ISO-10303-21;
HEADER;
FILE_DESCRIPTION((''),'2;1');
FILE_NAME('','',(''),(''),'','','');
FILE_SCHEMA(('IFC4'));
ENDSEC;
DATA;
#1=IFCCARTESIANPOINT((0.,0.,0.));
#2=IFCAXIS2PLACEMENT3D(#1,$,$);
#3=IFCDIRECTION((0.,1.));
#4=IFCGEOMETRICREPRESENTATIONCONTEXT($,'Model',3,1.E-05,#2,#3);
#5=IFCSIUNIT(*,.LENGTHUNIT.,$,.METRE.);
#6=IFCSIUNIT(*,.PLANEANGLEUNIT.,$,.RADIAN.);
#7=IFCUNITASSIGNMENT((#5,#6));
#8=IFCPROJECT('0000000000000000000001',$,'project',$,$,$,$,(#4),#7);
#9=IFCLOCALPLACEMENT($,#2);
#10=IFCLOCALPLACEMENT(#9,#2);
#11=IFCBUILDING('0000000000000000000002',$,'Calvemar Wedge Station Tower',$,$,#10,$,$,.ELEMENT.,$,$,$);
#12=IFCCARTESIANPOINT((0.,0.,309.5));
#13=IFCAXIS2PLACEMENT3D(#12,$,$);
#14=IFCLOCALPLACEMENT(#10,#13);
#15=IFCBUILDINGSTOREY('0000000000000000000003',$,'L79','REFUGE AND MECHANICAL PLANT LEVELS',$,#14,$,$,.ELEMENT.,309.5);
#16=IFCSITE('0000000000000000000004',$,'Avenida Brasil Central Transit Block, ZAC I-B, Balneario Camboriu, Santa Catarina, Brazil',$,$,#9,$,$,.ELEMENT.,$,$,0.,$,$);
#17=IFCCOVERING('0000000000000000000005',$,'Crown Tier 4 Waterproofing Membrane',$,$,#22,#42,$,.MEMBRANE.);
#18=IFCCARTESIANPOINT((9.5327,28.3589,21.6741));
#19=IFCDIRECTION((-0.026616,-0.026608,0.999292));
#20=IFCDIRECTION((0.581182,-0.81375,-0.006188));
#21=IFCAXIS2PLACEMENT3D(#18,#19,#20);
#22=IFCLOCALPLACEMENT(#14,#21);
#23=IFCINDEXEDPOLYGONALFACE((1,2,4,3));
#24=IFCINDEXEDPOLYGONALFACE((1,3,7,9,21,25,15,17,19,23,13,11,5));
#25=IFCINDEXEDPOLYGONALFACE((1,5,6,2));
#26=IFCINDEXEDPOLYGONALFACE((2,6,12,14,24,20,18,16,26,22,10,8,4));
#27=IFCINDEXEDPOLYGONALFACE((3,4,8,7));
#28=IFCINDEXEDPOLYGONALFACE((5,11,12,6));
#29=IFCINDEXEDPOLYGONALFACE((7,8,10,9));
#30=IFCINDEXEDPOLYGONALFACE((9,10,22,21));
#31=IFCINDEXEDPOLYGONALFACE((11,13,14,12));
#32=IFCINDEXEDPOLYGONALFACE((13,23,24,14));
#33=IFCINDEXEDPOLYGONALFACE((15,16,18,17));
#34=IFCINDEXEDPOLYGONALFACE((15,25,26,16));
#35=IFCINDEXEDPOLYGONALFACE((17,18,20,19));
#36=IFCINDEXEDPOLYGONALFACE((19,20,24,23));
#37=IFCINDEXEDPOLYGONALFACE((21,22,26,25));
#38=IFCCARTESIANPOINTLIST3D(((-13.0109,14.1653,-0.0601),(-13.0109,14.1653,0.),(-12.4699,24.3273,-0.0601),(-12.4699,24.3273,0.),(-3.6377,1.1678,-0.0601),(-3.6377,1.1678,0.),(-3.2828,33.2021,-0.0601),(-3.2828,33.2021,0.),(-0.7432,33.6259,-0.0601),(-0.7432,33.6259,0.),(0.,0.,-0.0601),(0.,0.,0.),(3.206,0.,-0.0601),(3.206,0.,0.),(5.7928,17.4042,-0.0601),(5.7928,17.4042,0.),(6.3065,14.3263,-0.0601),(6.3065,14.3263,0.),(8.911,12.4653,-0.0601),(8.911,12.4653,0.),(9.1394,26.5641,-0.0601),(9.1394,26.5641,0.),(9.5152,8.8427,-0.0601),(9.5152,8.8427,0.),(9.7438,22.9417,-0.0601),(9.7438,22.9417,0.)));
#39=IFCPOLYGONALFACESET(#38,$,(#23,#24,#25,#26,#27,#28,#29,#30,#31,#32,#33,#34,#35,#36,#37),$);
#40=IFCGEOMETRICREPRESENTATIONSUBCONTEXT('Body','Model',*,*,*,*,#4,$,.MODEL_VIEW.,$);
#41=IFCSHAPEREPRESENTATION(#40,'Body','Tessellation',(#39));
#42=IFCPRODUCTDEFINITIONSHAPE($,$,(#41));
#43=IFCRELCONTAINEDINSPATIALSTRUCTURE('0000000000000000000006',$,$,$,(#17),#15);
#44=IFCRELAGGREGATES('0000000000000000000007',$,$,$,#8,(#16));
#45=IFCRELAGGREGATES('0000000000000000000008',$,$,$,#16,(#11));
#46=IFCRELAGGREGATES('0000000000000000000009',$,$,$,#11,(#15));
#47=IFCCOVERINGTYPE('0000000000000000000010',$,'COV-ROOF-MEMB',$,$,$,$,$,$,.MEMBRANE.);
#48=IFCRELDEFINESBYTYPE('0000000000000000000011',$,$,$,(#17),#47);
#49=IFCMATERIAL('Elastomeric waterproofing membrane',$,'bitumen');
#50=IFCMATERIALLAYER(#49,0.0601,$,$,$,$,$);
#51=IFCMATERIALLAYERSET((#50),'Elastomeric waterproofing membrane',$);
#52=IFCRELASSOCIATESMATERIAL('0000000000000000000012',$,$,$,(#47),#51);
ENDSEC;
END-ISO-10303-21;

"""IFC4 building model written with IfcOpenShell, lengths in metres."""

from ifc_helpers import new_model, si_unit, direction, frame, origin, place, context, subcontext, project, spatial, polyline, outline, extrude, material, layer, layer_set, type_object, element, save


model = new_model("IFC4")

# Units and contexts
model_context = context("Model", 3, precision=1e-05, world=origin(), true_north=direction((0.0, 1.0)))
body_context = subcontext(model_context, "Body", "Model", "MODEL_VIEW")
ifc_project = project(units=[si_unit("LENGTHUNIT", "METRE"), si_unit("PLANEANGLEUNIT", "RADIAN")], contexts=[model_context])

# Site, building, storey
site_placement = place(None, origin())
site = spatial("IfcSite", under=ifc_project, at=site_placement, Name="Avenida Brasil Central Transit Block, ZAC I-B, Balneario Camboriu, Santa Catarina, Brazil", CompositionType="ELEMENT", RefElevation=0.0)
building_placement = place(site_placement, origin())
building = spatial("IfcBuilding", under=site, at=building_placement, Name="Calvemar Wedge Station Tower", CompositionType="ELEMENT")
storey_placement = place(building_placement, frame((0.0, 0.0, 309.5)))
storey = spatial("IfcBuildingStorey", under=building, at=storey_placement, Name="L79", Description="REFUGE AND MECHANICAL PLANT LEVELS", CompositionType="ELEMENT", Elevation=309.5)

# Covering
ifc_material_1 = material(Name="Elastomeric waterproofing membrane", Category="bitumen")
ifc_layer_1 = layer(ifc_material_1, 0.0601)
ifc_layer_set_1 = layer_set([ifc_layer_1], Name="Elastomeric waterproofing membrane")
covering_type = type_object("IfcCoveringType", Name="COV-ROOF-MEMB", PredefinedType="MEMBRANE", material=ifc_layer_set_1)
covering_1_placement = place(storey_placement, frame((9.5327, 28.3589, 21.6741), z_axis=(-0.026616, -0.026608, 0.999292), x_axis=(0.581182, -0.81375, -0.006188)))
element("IfcCovering", 1, at=covering_1_placement, inside=storey, type_object=covering_type, Name="Crown Tier 4 Waterproofing Membrane", PredefinedType="MEMBRANE", context=body_context, shape_type="SweptSolid", body=[
    extrude(outline(polyline([(0.0, 0.0), (3.206, 0.0), (9.5152, 8.8427), (8.911, 12.4653), (6.3065, 14.3263), (5.7928, 17.4042), (9.7438, 22.9417), (9.1394, 26.5641), (-0.7432, 33.6259), (-3.2828, 33.2021), (-12.4699, 24.3273), (-13.0109, 14.1653), (-3.6377, 1.1678), (0.0, 0.0)])), origin(), (0.0, 0.0, -1.0), 0.0601),
])

save(model, "model.ifc")
